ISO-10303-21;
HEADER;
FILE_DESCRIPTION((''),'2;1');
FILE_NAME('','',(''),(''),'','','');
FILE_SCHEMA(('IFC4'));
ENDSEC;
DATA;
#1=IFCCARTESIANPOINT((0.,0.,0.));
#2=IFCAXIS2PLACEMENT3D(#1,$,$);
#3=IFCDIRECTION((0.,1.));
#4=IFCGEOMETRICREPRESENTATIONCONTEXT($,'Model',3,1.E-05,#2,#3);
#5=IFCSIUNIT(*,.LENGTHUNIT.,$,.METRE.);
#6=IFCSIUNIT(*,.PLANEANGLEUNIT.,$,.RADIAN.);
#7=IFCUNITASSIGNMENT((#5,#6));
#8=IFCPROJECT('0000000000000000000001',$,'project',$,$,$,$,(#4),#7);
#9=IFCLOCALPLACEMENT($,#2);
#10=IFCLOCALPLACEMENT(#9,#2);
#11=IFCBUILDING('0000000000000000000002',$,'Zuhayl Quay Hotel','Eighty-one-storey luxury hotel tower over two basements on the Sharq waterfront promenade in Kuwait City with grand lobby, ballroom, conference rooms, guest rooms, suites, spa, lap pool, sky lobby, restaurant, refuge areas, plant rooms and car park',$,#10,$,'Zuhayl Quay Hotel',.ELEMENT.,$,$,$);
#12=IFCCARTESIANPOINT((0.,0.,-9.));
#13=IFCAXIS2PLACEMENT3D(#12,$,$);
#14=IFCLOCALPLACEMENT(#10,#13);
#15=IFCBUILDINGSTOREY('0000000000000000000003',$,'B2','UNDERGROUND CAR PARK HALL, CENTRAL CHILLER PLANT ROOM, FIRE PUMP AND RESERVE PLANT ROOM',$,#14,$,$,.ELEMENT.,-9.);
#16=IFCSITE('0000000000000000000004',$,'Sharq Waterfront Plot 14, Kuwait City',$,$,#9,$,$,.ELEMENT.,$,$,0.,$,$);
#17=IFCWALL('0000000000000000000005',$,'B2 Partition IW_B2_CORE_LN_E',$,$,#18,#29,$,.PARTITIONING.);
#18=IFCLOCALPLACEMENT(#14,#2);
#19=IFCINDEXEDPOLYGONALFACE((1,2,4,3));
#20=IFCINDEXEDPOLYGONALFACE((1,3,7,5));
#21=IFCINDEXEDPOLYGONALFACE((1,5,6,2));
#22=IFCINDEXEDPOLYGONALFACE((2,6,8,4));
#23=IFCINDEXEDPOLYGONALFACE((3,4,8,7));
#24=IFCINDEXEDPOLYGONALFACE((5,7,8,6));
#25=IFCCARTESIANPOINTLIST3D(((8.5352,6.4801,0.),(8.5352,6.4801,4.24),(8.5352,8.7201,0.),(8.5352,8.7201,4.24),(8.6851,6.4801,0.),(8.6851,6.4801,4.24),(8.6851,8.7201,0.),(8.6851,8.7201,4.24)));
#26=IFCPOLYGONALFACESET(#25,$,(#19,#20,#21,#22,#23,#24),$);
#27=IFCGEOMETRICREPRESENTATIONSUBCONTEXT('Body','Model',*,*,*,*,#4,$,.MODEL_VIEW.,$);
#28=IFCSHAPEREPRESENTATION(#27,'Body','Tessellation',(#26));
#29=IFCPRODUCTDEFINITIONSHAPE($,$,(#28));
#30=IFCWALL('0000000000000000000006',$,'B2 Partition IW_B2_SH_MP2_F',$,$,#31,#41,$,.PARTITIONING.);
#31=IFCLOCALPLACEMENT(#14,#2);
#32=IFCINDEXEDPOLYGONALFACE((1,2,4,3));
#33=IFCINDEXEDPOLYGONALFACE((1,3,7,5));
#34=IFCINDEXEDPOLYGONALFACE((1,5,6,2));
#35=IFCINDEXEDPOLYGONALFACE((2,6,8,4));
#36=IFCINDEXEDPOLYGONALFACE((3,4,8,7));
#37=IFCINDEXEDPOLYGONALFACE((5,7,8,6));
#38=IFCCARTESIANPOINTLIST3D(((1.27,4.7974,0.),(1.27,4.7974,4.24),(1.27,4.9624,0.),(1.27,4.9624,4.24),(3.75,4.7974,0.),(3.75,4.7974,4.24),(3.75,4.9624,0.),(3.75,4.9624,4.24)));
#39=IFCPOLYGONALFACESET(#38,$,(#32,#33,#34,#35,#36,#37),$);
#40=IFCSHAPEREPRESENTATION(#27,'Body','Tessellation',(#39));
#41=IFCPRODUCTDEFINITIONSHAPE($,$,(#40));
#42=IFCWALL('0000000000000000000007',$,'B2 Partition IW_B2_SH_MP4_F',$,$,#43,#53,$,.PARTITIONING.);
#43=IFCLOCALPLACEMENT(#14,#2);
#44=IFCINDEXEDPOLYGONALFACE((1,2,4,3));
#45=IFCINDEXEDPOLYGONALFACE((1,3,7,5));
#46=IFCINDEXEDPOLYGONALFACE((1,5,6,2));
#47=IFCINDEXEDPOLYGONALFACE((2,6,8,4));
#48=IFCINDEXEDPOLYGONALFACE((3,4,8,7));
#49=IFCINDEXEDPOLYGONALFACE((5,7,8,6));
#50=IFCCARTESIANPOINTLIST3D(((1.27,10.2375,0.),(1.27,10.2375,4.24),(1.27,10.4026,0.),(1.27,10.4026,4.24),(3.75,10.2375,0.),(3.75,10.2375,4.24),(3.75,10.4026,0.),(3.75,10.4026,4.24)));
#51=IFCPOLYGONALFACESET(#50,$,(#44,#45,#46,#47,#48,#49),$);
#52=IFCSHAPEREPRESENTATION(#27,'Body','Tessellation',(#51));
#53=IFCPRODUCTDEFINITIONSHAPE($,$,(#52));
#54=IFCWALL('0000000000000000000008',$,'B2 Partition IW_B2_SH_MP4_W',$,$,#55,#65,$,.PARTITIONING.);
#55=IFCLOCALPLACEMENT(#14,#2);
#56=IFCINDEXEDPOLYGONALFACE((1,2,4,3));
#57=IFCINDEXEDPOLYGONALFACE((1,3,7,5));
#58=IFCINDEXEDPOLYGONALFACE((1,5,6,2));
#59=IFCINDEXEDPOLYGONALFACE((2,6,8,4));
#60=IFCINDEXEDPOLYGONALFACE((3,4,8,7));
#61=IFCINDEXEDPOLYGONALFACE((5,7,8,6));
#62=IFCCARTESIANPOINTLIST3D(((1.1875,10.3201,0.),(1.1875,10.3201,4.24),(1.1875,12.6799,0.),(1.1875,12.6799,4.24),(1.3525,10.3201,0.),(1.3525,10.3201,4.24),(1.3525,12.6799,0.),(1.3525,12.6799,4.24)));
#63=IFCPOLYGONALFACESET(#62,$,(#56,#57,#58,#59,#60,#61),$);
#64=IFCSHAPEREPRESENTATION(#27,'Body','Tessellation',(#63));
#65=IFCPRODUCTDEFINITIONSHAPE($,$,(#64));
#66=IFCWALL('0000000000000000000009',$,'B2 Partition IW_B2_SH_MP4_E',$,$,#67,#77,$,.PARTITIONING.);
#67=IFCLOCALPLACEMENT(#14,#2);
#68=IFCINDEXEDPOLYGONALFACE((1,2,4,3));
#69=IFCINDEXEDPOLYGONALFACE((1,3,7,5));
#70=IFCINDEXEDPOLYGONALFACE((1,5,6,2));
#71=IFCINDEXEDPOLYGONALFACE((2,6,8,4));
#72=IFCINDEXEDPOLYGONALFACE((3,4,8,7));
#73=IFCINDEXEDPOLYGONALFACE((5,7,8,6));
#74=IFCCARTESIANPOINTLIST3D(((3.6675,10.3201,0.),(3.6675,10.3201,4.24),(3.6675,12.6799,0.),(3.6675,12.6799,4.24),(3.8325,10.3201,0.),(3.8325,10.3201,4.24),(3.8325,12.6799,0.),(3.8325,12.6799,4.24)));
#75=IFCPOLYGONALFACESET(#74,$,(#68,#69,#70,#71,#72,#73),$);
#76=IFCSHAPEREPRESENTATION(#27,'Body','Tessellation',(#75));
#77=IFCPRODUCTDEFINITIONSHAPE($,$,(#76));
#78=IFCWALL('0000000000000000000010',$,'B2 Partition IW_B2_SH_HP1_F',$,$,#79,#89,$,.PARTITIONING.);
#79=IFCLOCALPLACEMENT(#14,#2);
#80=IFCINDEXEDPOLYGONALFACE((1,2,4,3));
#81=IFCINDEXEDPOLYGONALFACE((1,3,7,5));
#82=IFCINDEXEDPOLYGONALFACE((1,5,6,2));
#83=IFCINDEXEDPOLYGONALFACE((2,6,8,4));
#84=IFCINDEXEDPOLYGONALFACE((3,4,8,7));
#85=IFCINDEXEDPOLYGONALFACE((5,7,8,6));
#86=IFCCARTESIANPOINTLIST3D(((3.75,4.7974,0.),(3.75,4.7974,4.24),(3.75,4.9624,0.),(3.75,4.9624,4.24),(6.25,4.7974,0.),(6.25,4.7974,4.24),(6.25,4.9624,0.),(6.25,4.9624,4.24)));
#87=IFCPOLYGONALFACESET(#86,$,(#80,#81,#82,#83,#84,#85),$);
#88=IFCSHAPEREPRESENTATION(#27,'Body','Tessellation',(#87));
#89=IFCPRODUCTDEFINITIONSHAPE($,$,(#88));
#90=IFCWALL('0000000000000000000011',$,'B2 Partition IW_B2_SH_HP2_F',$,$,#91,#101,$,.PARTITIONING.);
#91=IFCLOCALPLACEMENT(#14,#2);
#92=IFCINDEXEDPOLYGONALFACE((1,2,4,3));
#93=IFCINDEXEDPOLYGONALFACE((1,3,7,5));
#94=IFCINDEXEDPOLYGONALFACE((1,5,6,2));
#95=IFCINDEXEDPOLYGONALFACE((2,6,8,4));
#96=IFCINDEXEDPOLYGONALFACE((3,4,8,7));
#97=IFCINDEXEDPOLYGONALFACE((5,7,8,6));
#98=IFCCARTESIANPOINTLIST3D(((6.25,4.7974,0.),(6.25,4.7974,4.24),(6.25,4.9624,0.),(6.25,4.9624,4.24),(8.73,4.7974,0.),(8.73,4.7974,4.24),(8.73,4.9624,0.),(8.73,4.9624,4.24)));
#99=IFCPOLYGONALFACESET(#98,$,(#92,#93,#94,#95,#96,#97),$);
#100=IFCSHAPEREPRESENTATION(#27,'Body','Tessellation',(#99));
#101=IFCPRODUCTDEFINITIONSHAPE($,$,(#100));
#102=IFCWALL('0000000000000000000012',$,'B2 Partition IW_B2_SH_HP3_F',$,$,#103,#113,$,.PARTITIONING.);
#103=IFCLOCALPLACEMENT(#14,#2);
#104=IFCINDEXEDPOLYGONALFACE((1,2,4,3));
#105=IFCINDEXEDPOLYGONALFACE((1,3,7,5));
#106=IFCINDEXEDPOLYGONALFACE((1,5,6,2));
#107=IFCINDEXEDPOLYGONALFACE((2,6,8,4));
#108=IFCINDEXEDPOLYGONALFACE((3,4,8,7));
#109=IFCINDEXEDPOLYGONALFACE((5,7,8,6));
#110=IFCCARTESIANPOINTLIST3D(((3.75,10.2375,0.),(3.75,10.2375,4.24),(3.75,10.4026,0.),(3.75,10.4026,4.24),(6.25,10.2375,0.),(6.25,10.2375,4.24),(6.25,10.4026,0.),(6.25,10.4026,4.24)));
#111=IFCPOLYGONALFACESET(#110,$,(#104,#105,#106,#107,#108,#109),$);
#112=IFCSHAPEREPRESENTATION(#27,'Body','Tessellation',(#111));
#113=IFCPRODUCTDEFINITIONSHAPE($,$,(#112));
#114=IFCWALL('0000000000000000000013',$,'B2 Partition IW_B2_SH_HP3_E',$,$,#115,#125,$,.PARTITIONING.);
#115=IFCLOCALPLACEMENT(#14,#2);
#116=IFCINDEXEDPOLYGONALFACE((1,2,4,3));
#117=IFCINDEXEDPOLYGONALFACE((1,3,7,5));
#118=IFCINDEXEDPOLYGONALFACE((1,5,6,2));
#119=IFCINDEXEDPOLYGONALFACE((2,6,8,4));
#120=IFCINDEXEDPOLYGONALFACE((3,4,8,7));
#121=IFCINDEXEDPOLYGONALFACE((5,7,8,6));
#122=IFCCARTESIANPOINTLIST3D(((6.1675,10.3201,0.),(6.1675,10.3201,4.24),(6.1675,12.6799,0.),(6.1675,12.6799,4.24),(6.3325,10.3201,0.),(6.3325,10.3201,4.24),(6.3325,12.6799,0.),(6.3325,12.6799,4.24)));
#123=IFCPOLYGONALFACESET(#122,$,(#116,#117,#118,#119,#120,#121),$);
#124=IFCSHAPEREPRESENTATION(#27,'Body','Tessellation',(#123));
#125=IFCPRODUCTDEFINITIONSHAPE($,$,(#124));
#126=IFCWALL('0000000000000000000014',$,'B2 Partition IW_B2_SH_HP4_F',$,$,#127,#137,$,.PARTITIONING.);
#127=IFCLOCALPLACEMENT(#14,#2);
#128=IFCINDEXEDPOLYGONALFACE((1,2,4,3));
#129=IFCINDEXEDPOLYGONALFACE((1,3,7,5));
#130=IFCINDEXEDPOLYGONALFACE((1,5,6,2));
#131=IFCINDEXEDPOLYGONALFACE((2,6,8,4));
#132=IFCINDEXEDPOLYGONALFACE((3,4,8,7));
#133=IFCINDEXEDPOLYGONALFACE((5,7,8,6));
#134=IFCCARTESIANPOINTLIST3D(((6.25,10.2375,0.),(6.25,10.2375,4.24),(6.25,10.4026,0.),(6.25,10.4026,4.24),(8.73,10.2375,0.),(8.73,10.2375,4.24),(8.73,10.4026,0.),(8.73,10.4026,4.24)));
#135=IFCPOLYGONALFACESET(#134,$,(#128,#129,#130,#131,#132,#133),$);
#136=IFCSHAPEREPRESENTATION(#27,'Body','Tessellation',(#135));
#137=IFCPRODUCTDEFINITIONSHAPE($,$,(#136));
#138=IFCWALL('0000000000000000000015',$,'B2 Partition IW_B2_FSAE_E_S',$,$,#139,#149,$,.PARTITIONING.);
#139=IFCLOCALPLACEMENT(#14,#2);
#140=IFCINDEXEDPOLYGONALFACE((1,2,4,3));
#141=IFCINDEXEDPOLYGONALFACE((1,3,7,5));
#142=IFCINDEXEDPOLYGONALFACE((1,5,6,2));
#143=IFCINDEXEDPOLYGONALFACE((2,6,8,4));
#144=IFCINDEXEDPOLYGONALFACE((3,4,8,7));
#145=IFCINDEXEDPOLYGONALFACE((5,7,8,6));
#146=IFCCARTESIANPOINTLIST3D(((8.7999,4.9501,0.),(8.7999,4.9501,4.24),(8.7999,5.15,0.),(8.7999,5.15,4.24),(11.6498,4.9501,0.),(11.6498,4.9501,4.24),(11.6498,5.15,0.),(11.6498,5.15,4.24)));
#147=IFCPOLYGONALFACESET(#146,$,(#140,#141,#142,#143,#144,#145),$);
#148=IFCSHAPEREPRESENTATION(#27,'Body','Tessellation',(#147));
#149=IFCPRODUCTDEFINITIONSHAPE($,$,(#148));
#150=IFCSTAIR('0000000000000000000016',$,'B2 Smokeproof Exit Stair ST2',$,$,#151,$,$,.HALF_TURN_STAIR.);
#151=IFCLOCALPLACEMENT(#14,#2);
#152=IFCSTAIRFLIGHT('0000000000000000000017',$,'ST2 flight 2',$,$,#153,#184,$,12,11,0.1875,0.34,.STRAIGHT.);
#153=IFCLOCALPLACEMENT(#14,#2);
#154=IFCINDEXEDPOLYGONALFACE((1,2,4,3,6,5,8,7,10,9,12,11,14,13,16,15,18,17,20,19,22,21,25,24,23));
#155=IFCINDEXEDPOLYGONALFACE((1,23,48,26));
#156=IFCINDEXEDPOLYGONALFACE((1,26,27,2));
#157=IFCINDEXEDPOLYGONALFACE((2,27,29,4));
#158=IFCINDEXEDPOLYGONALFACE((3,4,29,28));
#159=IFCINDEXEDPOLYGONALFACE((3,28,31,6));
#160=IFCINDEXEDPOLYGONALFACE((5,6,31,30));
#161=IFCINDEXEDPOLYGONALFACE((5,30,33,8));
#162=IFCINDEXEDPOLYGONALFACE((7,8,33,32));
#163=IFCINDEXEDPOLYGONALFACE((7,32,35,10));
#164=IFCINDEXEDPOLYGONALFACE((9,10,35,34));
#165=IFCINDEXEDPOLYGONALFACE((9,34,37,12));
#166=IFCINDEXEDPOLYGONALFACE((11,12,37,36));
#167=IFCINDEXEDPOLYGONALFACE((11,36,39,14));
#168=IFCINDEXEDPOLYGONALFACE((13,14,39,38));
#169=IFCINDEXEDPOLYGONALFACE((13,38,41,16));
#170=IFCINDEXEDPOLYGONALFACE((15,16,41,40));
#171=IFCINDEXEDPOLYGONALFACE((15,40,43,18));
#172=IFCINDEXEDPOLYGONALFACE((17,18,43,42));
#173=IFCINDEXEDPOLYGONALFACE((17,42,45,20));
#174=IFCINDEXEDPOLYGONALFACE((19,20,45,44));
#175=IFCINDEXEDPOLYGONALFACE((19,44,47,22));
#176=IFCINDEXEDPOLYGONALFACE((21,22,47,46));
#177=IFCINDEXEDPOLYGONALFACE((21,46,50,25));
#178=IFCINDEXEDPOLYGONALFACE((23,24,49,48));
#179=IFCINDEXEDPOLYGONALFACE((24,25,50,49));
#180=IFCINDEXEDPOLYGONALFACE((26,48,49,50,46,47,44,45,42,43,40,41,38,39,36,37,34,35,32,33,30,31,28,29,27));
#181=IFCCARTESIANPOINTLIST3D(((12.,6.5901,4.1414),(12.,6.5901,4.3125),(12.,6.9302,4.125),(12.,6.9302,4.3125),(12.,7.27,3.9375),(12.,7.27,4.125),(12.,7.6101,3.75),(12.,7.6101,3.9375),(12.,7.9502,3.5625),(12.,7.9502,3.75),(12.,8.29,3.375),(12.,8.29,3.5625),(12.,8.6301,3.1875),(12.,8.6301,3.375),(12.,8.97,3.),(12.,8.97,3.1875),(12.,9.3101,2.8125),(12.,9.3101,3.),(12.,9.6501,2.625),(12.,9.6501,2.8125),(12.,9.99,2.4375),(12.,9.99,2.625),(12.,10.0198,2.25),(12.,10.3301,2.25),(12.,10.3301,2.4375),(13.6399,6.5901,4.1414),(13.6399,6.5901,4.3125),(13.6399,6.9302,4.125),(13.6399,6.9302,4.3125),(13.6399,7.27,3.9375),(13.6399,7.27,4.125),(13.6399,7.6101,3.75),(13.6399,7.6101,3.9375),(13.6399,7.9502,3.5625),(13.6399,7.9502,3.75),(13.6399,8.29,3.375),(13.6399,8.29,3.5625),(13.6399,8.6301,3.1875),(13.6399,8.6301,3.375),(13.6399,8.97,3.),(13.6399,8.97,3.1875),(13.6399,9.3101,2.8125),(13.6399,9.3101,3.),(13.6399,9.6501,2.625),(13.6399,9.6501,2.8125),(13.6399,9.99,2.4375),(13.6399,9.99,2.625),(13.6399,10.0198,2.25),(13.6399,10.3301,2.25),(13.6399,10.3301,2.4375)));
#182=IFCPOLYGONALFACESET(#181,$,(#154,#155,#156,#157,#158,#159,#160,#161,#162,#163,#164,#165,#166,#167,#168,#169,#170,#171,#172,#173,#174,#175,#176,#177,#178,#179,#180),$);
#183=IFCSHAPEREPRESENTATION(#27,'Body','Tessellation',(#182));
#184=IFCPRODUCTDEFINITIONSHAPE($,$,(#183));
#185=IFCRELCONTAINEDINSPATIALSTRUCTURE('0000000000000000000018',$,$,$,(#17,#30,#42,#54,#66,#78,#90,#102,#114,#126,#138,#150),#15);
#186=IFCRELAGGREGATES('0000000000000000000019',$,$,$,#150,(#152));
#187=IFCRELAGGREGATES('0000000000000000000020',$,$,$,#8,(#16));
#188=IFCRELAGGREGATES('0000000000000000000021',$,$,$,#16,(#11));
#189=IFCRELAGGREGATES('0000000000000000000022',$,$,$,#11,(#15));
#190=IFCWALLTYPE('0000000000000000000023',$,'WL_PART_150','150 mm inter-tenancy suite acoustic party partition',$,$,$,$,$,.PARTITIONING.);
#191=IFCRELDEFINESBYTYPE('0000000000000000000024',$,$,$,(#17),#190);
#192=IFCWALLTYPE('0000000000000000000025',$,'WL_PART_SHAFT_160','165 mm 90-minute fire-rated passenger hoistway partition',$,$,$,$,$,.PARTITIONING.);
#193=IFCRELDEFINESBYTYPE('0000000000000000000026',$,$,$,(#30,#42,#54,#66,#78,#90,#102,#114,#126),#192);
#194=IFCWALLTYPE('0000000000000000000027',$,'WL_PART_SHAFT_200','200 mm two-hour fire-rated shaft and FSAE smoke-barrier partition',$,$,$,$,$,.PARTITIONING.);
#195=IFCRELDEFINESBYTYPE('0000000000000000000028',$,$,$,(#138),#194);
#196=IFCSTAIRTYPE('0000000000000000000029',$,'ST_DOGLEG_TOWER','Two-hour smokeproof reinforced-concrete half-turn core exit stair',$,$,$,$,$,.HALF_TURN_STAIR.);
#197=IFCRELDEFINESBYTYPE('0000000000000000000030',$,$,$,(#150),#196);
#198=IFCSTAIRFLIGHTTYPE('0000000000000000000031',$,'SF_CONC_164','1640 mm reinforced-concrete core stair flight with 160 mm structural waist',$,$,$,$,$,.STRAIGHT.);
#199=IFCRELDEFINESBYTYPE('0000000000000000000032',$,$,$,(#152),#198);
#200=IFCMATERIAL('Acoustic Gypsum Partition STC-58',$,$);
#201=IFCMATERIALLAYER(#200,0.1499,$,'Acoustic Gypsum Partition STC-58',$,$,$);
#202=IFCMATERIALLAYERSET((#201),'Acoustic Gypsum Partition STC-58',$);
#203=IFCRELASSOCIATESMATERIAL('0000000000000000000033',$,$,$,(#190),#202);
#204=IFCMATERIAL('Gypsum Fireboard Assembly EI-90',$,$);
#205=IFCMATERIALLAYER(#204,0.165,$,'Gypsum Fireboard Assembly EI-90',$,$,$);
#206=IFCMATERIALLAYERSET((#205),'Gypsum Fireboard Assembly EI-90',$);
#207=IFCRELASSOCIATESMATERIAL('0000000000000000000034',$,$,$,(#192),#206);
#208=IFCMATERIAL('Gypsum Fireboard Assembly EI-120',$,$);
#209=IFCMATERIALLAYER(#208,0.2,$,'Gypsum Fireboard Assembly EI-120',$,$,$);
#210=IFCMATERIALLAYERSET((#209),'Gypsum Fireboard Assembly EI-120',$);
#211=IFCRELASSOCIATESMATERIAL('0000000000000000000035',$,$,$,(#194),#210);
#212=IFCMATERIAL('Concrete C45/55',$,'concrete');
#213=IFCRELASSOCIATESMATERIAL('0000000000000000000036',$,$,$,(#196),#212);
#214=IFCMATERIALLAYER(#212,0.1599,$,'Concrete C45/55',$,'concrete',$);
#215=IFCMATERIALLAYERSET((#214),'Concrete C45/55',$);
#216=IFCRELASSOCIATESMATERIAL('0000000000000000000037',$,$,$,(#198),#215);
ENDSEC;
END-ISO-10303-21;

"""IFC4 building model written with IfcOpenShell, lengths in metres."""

from ifc_helpers import new_model, si_unit, direction, frame, frame_2d, origin, place, context, subcontext, project, spatial, polyline, rectangle, outline, extrude, material, layer, layer_set, type_object, element, aggregate, save


model = new_model("IFC4")

# Units and contexts
model_context = context("Model", 3, precision=1e-05, world=origin(), true_north=direction((0.0, 1.0)))
body_context = subcontext(model_context, "Body", "Model", "MODEL_VIEW")
ifc_project = project(units=[si_unit("LENGTHUNIT", "METRE"), si_unit("PLANEANGLEUNIT", "RADIAN")], contexts=[model_context])

# Site, building, storey
site_placement = place(None, origin())
site = spatial("IfcSite", under=ifc_project, at=site_placement, Name="Sharq Waterfront Plot 14, Kuwait City", CompositionType="ELEMENT", RefElevation=0.0)
building_placement = place(site_placement, origin())
building = spatial("IfcBuilding", under=site, at=building_placement, Name="Zuhayl Quay Hotel", Description="Eighty-one-storey luxury hotel tower over two basements on the Sharq waterfront promenade in Kuwait City with grand lobby, ballroom, conference rooms, guest rooms, suites, spa, lap pool, sky lobby, restaurant, refuge areas, plant rooms and car park", LongName="Zuhayl Quay Hotel", CompositionType="ELEMENT")
storey_placement = place(building_placement, frame((0.0, 0.0, -9.0)))
storey = spatial("IfcBuildingStorey", under=building, at=storey_placement, Name="B2", Description="UNDERGROUND CAR PARK HALL, CENTRAL CHILLER PLANT ROOM, FIRE PUMP AND RESERVE PLANT ROOM", CompositionType="ELEMENT", Elevation=-9.0)

# Shared definitions
ifc_material_1 = material(Name="Acoustic Gypsum Partition STC-58")
ifc_layer_1 = layer(ifc_material_1, 0.1499, Name="Acoustic Gypsum Partition STC-58")
ifc_layer_set_1 = layer_set([ifc_layer_1], Name="Acoustic Gypsum Partition STC-58")
wall_type_1 = type_object("IfcWallType", Name="WL_PART_150", Description="150 mm inter-tenancy suite acoustic party partition", PredefinedType="PARTITIONING", material=ifc_layer_set_1)

# Walls
wall_1_placement = place(storey_placement, frame((8.6101, 6.48, 0.0), z_axis=(0.0, 0.0, 1.0), x_axis=(0.0, 1.0, 0.0)))
element("IfcWall", 1, at=wall_1_placement, inside=storey, type_object=wall_type_1, Name="B2 Partition IW_B2_CORE_LN_E", PredefinedType="PARTITIONING", context=body_context, shape_type="SweptSolid", body=[
    extrude(rectangle(XDim=2.24, YDim=0.1499, at=frame_2d((1.1201, 0.0))), origin(), (0.0, 0.0, 1.0), 4.24),
])
ifc_material_2 = material(Name="Gypsum Fireboard Assembly EI-90")
ifc_layer_2 = layer(ifc_material_2, 0.165, Name="Gypsum Fireboard Assembly EI-90")
ifc_layer_set_2 = layer_set([ifc_layer_2], Name="Gypsum Fireboard Assembly EI-90")
wall_type_2 = type_object("IfcWallType", Name="WL_PART_SHAFT_160", Description="165 mm 90-minute fire-rated passenger hoistway partition", PredefinedType="PARTITIONING", material=ifc_layer_set_2)
for number, where, z_axis, x_axis, name in (
    (2, (1.27, 4.8799, 0.0), (0.0, 0.0, 1.0), (1.0, 0.0, 0.0), "B2 Partition IW_B2_SH_MP2_F"),
    (3, (1.27, 10.3201, 0.0), (0.0, 0.0, 1.0), (1.0, 0.0, 0.0), "B2 Partition IW_B2_SH_MP4_F"),
):
    element("IfcWall", number, at=place(storey_placement, frame(where, z_axis=z_axis, x_axis=x_axis)), inside=storey, type_object=wall_type_2, Name=name, PredefinedType="PARTITIONING", context=body_context, shape_type="SweptSolid", body=[
        extrude(rectangle(XDim=2.48, YDim=0.165, at=frame_2d((1.24, 0.0))), origin(), (0.0, 0.0, 1.0), 4.24),
    ])
for number, where, z_axis, x_axis, name in (
    (4, (1.27, 10.3201, 0.0), (0.0, 0.0, 1.0), (0.0, 1.0, 0.0), "B2 Partition IW_B2_SH_MP4_W"),
    (5, (3.75, 10.3201, 0.0), (0.0, 0.0, 1.0), (0.0, 1.0, 0.0), "B2 Partition IW_B2_SH_MP4_E"),
):
    element("IfcWall", number, at=place(storey_placement, frame(where, z_axis=z_axis, x_axis=x_axis)), inside=storey, type_object=wall_type_2, Name=name, PredefinedType="PARTITIONING", context=body_context, shape_type="SweptSolid", body=[
        extrude(rectangle(XDim=2.3599, YDim=0.165, at=frame_2d((1.1799, 0.0))), origin(), (0.0, 0.0, 1.0), 4.24),
    ])
wall_2_placement = place(storey_placement, frame((3.75, 4.8799, 0.0), z_axis=(0.0, 0.0, 1.0), x_axis=(1.0, 0.0, 0.0)))
element("IfcWall", 6, at=wall_2_placement, inside=storey, type_object=wall_type_2, Name="B2 Partition IW_B2_SH_HP1_F", PredefinedType="PARTITIONING", context=body_context, shape_type="SweptSolid", body=[
    extrude(rectangle(XDim=2.5, YDim=0.165, at=frame_2d((1.25, 0.0))), origin(), (0.0, 0.0, 1.0), 4.24),
])
wall_3_placement = place(storey_placement, frame((6.25, 4.8799, 0.0), z_axis=(0.0, 0.0, 1.0), x_axis=(1.0, 0.0, 0.0)))
element("IfcWall", 7, at=wall_3_placement, inside=storey, type_object=wall_type_2, Name="B2 Partition IW_B2_SH_HP2_F", PredefinedType="PARTITIONING", context=body_context, shape_type="SweptSolid", body=[
    extrude(rectangle(XDim=2.48, YDim=0.165, at=frame_2d((1.24, 0.0))), origin(), (0.0, 0.0, 1.0), 4.24),
])
wall_4_placement = place(storey_placement, frame((3.75, 10.3201, 0.0), z_axis=(0.0, 0.0, 1.0), x_axis=(1.0, 0.0, 0.0)))
element("IfcWall", 8, at=wall_4_placement, inside=storey, type_object=wall_type_2, Name="B2 Partition IW_B2_SH_HP3_F", PredefinedType="PARTITIONING", context=body_context, shape_type="SweptSolid", body=[
    extrude(rectangle(XDim=2.5, YDim=0.165, at=frame_2d((1.25, 0.0))), origin(), (0.0, 0.0, 1.0), 4.24),
])
wall_5_placement = place(storey_placement, frame((6.25, 10.3201, 0.0), z_axis=(0.0, 0.0, 1.0), x_axis=(0.0, 1.0, 0.0)))
element("IfcWall", 9, at=wall_5_placement, inside=storey, type_object=wall_type_2, Name="B2 Partition IW_B2_SH_HP3_E", PredefinedType="PARTITIONING", context=body_context, shape_type="SweptSolid", body=[
    extrude(rectangle(XDim=2.3599, YDim=0.165, at=frame_2d((1.1799, 0.0))), origin(), (0.0, 0.0, 1.0), 4.24),
])
wall_6_placement = place(storey_placement, frame((6.25, 10.3201, 0.0), z_axis=(0.0, 0.0, 1.0), x_axis=(1.0, 0.0, 0.0)))
element("IfcWall", 10, at=wall_6_placement, inside=storey, type_object=wall_type_2, Name="B2 Partition IW_B2_SH_HP4_F", PredefinedType="PARTITIONING", context=body_context, shape_type="SweptSolid", body=[
    extrude(rectangle(XDim=2.48, YDim=0.165, at=frame_2d((1.24, 0.0))), origin(), (0.0, 0.0, 1.0), 4.24),
])
ifc_material_3 = material(Name="Gypsum Fireboard Assembly EI-120")
ifc_layer_3 = layer(ifc_material_3, 0.2, Name="Gypsum Fireboard Assembly EI-120")
ifc_layer_set_3 = layer_set([ifc_layer_3], Name="Gypsum Fireboard Assembly EI-120")
wall_type_3 = type_object("IfcWallType", Name="WL_PART_SHAFT_200", Description="200 mm two-hour fire-rated shaft and FSAE smoke-barrier partition", PredefinedType="PARTITIONING", material=ifc_layer_set_3)
wall_7_placement = place(storey_placement, frame((8.8, 5.05, 0.0), z_axis=(0.0, 0.0, 1.0), x_axis=(1.0, 0.0, 0.0)))
element("IfcWall", 11, at=wall_7_placement, inside=storey, type_object=wall_type_3, Name="B2 Partition IW_B2_FSAE_E_S", PredefinedType="PARTITIONING", context=body_context, shape_type="SweptSolid", body=[
    extrude(rectangle(XDim=2.8499, YDim=0.2, at=frame_2d((1.4248, 0.0))), origin(), (0.0, 0.0, 1.0), 4.24),
])

# Stair, stair flight
ifc_material_4 = material(Name="Concrete C45/55", Category="concrete")
stair_type = type_object("IfcStairType", Name="ST_DOGLEG_TOWER", Description="Two-hour smokeproof reinforced-concrete half-turn core exit stair", PredefinedType="HALF_TURN_STAIR", material=ifc_material_4)
stair_placement = place(storey_placement, origin())
stair = element("IfcStair", 12, at=stair_placement, inside=storey, type_object=stair_type, Name="B2 Smokeproof Exit Stair ST2", PredefinedType="HALF_TURN_STAIR")
ifc_layer_4 = layer(ifc_material_4, 0.1599, Name="Concrete C45/55", Category="concrete")
ifc_layer_set_4 = layer_set([ifc_layer_4], Name="Concrete C45/55")
stair_flight_type = type_object("IfcStairFlightType", Name="SF_CONC_164", Description="1640 mm reinforced-concrete core stair flight with 160 mm structural waist", PredefinedType="STRAIGHT", material=ifc_layer_set_4)
stair_flight_placement = place(storey_placement, frame((12.8201, 10.3301, 2.25), z_axis=(0.0, 0.0, 1.0), x_axis=(0.0, -1.0, 0.0)))
stair_flight = element("IfcStairFlight", 13, at=stair_flight_placement, type_object=stair_flight_type, Name="ST2 flight 2", NumberOfRisers=12, NumberOfTreads=11, PredefinedType="STRAIGHT", RiserHeight=0.1875, TreadLength=0.34, context=body_context, shape_type="SweptSolid", body=[
    extrude(outline(polyline([(0.0, 0.0), (0.0, 0.1875), (0.3401, 0.1875), (0.3401, 0.375), (0.6799, 0.375), (0.6799, 0.5625), (1.02, 0.5625), (1.02, 0.75), (1.3601, 0.75), (1.3601, 0.9375), (1.7, 0.9375), (1.7, 1.125), (2.04, 1.125), (2.04, 1.3125), (2.3799, 1.3125), (2.3799, 1.5), (2.72, 1.5), (2.72, 1.6875), (3.0601, 1.6875), (3.0601, 1.875), (3.3999, 1.875), (3.3999, 2.0625), (3.74, 2.0625), (3.74, 2.25), (3.74, 1.8914), (0.3103, 0.0), (0.0, 0.0)])), frame((0.0, 0.8198, 0.0), z_axis=(0.0, -1.0, 0.0), x_axis=(1.0, 0.0, 0.0)), (0.0, 0.0, 1.0), 1.6399),
])
aggregate(stair, [stair_flight])

save(model, "model.ifc")
